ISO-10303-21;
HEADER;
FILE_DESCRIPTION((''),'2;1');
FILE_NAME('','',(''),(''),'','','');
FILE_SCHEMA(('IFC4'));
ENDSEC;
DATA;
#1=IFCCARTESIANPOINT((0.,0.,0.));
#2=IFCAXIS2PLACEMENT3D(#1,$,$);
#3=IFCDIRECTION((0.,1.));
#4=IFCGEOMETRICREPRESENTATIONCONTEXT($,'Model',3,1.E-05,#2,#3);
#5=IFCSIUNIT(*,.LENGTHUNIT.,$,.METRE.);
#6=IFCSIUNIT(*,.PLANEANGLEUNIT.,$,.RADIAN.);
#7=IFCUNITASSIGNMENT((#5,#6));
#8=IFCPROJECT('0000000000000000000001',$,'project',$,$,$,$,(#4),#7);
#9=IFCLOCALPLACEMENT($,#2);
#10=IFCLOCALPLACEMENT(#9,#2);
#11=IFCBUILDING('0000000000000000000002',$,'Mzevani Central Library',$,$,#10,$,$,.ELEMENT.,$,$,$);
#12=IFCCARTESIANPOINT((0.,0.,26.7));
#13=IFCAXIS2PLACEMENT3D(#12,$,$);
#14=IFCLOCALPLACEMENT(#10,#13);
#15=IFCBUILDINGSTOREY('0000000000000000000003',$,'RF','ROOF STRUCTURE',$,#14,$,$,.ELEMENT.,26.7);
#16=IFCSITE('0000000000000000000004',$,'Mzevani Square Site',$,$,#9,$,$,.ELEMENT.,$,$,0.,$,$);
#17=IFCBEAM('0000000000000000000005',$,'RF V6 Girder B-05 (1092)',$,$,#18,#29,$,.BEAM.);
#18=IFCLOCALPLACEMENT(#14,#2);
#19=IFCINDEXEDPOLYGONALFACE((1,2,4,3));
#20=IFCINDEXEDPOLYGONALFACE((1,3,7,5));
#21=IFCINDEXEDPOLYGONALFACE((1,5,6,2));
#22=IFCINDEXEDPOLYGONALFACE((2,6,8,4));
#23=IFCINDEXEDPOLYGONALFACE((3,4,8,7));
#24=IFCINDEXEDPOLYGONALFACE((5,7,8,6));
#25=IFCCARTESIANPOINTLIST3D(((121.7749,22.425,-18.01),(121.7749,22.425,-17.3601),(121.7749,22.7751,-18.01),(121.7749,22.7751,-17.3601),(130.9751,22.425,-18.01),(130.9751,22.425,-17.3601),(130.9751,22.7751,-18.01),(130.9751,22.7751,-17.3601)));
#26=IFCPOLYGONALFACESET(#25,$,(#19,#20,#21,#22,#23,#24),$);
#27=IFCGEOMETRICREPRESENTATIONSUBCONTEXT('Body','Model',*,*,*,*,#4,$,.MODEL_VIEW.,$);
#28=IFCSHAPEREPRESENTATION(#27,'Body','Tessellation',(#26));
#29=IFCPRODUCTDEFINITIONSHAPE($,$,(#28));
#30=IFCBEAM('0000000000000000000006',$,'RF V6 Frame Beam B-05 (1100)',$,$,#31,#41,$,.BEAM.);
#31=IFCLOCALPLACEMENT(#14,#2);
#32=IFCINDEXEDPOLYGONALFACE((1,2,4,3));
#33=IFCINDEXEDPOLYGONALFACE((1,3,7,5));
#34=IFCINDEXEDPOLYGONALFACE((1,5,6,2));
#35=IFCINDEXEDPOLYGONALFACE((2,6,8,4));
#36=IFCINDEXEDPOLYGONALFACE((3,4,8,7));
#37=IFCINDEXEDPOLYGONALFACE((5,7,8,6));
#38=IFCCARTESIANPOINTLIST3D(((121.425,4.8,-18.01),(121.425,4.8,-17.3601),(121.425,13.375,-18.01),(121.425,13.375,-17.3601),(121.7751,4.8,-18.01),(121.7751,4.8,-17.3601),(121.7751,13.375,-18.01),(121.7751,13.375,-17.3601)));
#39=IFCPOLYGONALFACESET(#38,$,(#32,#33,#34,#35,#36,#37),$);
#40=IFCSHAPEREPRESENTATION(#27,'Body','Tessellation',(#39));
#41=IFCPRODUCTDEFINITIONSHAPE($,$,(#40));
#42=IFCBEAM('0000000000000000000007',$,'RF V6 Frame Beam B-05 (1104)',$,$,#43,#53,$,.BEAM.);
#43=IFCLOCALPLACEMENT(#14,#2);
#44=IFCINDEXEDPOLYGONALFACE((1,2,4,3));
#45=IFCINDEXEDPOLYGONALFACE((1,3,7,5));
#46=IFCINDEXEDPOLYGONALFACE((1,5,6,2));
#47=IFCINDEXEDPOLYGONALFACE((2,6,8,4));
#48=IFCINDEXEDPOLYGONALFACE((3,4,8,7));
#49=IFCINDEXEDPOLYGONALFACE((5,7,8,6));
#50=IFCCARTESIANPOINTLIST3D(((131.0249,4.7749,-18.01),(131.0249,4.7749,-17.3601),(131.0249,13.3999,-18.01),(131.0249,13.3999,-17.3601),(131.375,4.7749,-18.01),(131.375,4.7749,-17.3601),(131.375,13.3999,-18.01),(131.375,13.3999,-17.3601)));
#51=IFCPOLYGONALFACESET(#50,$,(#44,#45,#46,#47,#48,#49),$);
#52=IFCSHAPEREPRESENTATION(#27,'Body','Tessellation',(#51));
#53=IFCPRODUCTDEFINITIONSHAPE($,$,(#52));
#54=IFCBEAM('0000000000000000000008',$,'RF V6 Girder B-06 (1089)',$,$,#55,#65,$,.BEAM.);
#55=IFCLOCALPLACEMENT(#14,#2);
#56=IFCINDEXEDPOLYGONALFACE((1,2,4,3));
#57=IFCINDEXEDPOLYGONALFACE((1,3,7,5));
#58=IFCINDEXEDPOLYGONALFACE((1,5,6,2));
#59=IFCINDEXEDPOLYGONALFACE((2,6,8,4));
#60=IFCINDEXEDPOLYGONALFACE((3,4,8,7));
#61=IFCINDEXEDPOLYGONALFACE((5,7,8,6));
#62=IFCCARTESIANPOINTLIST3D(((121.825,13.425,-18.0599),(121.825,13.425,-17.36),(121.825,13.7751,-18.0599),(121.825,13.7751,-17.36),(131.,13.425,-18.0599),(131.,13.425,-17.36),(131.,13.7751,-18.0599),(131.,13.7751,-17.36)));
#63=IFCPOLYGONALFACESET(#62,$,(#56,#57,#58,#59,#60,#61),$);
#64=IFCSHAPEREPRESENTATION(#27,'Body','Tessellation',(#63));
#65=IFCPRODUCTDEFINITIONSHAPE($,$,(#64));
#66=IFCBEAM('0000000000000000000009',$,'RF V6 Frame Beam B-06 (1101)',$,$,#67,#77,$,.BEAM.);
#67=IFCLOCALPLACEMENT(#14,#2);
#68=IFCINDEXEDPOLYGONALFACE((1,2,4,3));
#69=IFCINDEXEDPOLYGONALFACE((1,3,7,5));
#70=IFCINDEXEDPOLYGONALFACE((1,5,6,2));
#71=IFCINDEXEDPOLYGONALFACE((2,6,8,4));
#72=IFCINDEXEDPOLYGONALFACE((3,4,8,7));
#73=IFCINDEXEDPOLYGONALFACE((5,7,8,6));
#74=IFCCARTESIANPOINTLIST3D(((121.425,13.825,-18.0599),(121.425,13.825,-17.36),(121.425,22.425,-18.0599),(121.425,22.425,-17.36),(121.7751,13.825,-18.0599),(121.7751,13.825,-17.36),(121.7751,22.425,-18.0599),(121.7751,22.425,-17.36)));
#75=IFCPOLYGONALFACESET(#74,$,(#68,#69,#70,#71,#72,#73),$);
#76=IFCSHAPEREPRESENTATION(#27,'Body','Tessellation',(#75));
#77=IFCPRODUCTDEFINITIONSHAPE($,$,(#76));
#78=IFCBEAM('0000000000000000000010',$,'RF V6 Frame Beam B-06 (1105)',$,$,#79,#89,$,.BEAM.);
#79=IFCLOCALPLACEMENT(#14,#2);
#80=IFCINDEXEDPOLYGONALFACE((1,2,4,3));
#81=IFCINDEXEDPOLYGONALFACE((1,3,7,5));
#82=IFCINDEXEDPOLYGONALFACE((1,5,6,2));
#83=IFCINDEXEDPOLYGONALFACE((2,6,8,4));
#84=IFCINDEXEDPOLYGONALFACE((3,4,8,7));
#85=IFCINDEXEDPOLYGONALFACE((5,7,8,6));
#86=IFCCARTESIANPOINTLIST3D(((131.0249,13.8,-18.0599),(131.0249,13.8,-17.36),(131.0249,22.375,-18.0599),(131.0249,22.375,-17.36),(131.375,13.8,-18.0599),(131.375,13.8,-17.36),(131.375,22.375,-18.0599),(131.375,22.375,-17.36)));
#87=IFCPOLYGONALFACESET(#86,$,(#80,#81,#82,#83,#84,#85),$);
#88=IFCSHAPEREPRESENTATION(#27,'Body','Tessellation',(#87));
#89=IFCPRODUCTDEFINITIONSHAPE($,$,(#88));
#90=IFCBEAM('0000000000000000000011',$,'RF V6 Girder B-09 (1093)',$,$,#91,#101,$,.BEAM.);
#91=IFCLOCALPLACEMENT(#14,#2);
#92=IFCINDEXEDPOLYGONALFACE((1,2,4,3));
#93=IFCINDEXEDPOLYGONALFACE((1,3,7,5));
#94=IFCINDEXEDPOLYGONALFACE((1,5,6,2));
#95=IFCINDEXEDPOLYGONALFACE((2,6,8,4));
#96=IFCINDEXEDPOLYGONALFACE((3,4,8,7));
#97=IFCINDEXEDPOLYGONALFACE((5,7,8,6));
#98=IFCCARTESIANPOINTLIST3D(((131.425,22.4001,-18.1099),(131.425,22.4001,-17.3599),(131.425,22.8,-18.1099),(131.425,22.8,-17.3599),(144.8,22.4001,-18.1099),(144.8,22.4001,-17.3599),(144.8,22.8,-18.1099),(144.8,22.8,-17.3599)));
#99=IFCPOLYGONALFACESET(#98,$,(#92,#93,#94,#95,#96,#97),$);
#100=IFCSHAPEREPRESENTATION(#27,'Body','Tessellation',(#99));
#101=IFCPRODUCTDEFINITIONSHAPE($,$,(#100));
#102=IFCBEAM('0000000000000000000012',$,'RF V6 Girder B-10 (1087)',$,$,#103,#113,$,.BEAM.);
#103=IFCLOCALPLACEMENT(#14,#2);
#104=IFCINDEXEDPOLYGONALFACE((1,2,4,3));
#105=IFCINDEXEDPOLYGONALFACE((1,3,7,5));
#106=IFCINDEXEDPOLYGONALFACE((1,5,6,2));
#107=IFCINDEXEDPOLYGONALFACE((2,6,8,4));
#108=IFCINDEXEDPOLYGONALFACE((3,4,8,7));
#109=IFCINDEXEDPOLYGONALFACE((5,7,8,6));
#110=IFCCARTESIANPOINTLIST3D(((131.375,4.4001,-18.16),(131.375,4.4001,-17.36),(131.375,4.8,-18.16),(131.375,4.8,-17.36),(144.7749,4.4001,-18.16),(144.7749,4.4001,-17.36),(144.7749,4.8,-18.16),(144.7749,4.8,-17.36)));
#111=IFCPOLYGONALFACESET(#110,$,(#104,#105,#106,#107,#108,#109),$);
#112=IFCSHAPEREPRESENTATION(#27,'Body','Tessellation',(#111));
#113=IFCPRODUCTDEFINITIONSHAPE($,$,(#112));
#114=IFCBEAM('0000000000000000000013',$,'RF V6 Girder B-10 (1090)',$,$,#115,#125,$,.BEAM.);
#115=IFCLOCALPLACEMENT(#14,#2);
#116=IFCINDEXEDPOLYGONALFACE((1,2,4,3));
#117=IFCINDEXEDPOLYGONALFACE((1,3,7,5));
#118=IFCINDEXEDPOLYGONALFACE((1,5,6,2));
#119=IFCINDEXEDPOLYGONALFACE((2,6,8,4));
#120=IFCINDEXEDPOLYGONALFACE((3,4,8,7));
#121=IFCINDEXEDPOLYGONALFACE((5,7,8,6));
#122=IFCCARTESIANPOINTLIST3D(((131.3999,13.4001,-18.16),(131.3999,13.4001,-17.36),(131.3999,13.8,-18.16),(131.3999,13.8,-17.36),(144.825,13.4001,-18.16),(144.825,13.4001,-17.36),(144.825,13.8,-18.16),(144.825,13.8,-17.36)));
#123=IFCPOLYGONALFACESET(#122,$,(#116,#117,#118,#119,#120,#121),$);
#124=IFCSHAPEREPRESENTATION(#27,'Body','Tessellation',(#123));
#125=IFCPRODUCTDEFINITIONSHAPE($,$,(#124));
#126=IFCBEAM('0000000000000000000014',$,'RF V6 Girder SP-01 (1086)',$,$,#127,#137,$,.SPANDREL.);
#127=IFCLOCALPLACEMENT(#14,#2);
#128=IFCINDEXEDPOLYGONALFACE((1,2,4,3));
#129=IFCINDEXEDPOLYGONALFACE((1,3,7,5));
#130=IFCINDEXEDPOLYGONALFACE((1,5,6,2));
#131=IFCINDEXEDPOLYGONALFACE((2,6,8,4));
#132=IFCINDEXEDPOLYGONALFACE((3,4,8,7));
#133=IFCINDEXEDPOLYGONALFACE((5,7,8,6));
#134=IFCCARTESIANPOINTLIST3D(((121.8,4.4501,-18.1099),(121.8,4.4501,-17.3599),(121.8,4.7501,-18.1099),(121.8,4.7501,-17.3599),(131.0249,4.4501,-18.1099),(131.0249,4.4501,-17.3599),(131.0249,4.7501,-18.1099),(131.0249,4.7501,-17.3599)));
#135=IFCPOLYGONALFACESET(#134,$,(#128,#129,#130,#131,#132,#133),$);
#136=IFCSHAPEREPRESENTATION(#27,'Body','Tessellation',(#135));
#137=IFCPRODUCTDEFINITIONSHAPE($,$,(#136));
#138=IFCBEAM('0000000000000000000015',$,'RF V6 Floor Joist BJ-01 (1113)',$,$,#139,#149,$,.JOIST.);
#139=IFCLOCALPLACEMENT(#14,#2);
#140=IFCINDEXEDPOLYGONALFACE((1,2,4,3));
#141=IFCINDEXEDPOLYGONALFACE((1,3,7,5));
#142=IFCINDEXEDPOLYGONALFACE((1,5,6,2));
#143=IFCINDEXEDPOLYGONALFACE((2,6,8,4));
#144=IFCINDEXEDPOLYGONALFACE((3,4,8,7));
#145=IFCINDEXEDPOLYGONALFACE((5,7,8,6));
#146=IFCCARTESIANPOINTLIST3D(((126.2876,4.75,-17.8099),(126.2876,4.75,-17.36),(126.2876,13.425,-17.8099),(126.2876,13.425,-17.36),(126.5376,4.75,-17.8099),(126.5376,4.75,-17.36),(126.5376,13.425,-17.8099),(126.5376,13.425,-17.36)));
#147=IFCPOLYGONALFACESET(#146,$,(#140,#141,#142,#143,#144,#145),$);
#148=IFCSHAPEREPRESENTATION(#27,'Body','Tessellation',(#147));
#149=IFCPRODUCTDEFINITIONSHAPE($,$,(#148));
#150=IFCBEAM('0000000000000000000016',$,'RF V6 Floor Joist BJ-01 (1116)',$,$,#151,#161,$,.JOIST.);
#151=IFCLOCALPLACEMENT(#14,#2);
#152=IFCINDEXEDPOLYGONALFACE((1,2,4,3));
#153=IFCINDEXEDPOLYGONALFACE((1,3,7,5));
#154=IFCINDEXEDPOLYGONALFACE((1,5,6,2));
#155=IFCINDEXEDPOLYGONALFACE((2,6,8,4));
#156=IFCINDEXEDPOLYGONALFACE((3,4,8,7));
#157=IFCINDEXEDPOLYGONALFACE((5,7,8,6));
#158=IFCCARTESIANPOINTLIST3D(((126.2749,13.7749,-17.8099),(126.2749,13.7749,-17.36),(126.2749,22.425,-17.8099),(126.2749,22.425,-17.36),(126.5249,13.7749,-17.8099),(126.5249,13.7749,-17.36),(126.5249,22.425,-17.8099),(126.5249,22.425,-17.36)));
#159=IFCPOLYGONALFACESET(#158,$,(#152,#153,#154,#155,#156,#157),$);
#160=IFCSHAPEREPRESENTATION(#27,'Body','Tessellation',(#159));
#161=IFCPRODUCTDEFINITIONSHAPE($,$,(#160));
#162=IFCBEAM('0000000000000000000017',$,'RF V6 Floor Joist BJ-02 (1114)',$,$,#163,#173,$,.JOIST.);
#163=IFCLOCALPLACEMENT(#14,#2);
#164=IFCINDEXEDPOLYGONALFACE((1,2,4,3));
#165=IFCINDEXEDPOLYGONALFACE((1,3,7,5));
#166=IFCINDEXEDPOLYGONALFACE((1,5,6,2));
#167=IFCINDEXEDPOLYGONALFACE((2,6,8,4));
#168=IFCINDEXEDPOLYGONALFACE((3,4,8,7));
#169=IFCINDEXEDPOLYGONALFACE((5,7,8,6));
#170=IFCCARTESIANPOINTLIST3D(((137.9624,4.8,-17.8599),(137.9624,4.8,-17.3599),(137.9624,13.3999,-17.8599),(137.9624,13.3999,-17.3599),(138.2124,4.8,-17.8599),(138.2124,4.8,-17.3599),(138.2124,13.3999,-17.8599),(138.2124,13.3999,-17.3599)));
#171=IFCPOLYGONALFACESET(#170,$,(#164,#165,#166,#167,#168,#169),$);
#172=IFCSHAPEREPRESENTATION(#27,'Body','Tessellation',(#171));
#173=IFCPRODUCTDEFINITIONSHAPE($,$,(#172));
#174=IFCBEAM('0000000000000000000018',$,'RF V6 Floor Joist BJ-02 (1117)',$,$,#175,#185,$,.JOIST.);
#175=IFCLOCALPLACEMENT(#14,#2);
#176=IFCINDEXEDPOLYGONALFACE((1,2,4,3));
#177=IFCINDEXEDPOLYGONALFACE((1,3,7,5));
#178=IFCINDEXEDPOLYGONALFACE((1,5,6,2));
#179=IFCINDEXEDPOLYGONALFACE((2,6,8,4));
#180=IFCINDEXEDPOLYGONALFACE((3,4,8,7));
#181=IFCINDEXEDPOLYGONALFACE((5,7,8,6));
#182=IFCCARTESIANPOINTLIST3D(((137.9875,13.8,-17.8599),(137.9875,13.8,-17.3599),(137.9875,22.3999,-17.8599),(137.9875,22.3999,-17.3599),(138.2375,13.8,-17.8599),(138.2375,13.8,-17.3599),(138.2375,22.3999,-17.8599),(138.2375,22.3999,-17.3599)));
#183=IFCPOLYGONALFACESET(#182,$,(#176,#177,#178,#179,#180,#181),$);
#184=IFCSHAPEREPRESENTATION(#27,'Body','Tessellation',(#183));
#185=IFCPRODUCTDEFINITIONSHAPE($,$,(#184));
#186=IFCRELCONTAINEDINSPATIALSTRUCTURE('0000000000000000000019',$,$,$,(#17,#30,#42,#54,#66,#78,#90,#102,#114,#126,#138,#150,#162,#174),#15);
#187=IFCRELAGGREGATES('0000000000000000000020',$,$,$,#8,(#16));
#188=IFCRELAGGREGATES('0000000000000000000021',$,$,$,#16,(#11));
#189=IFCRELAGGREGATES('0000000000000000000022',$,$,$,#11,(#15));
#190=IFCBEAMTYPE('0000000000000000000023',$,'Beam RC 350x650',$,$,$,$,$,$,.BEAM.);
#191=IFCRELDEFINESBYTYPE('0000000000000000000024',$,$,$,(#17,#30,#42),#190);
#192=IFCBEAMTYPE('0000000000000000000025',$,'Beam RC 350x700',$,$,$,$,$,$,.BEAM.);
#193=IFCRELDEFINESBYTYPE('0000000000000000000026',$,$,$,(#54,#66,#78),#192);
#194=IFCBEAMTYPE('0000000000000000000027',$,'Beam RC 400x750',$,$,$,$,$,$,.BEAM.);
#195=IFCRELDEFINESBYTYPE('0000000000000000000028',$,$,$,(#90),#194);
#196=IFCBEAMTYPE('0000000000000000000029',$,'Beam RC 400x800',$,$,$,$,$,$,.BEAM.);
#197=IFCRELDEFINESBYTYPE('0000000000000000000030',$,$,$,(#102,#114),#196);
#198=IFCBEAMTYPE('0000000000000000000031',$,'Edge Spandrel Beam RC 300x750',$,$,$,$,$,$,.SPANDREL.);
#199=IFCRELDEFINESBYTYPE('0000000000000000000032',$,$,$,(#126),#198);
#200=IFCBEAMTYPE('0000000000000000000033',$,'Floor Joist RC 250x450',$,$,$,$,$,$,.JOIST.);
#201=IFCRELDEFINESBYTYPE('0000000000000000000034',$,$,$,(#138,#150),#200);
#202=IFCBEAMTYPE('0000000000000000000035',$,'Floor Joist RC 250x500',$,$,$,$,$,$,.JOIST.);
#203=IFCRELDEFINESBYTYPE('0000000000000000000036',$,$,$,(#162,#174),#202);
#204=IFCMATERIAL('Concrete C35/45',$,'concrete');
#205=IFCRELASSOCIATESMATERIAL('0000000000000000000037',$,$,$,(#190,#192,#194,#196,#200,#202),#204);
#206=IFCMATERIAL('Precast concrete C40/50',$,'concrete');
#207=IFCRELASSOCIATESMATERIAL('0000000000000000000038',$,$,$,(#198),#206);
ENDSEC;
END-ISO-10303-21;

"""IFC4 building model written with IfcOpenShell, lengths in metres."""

from ifc_helpers import new_model, si_unit, direction, frame, origin, origin_2d, place, context, subcontext, project, spatial, rectangle, extrude, material, material_profile, profile_set, type_object, element, save


model = new_model("IFC4")

# Units and contexts
model_context = context("Model", 3, precision=1e-05, world=origin(), true_north=direction((0.0, 1.0)))
body_context = subcontext(model_context, "Body", "Model", "MODEL_VIEW")
ifc_project = project(units=[si_unit("LENGTHUNIT", "METRE"), si_unit("PLANEANGLEUNIT", "RADIAN")], contexts=[model_context])

# Site, building, storey
site_placement = place(None, origin())
site = spatial("IfcSite", under=ifc_project, at=site_placement, Name="Mzevani Square Site", CompositionType="ELEMENT", RefElevation=0.0)
building_placement = place(site_placement, origin())
building = spatial("IfcBuilding", under=site, at=building_placement, Name="Mzevani Central Library", CompositionType="ELEMENT")
storey_placement = place(building_placement, frame((0.0, 0.0, 26.7)))
storey = spatial("IfcBuildingStorey", under=building, at=storey_placement, Name="RF", Description="ROOF STRUCTURE", CompositionType="ELEMENT", Elevation=26.7)

# Beams
ifc_material_1 = material(Name="Concrete C35/45", Category="concrete")
ifc_material_profile_1 = material_profile(ifc_material_1, rectangle(XDim=0.3501, YDim=0.6499, at=origin_2d()), Name="RC B350x650")
ifc_profile_set_1 = profile_set([ifc_material_profile_1], Name="Concrete C35/45")
beam_type_1 = type_object("IfcBeamType", Name="Beam RC 350x650", PredefinedType="BEAM", material=ifc_profile_set_1)
beam_1_placement = place(storey_placement, frame((121.7749, 22.6001, -17.6851), z_axis=(1.0, 0.0, 0.0), x_axis=(0.0, 1.0, 0.0)))
element("IfcBeam", 1, at=beam_1_placement, inside=storey, type_object=beam_type_1, Name="RF V6 Girder B-05 (1092)", PredefinedType="BEAM", context=body_context, shape_type="SweptSolid", body=[
    extrude(rectangle(XDim=0.3501, YDim=0.6499, at=origin_2d()), origin(), (0.0, 0.0, 1.0), 9.2002),
])
beam_2_placement = place(storey_placement, frame((121.6001, 4.8, -17.6851), z_axis=(0.0, 1.0, 0.0), x_axis=(-1.0, 0.0, 0.0)))
element("IfcBeam", 2, at=beam_2_placement, inside=storey, type_object=beam_type_1, Name="RF V6 Frame Beam B-05 (1100)", PredefinedType="BEAM", context=body_context, shape_type="SweptSolid", body=[
    extrude(rectangle(XDim=0.3501, YDim=0.6499, at=origin_2d()), origin(), (0.0, 0.0, 1.0), 8.575),
])
beam_3_placement = place(storey_placement, frame((131.2, 4.7749, -17.6851), z_axis=(0.0, 1.0, 0.0), x_axis=(-1.0, 0.0, 0.0)))
element("IfcBeam", 3, at=beam_3_placement, inside=storey, type_object=beam_type_1, Name="RF V6 Frame Beam B-05 (1104)", PredefinedType="BEAM", context=body_context, shape_type="SweptSolid", body=[
    extrude(rectangle(XDim=0.3501, YDim=0.6499, at=origin_2d()), origin(), (0.0, 0.0, 1.0), 8.625),
])
ifc_material_profile_2 = material_profile(ifc_material_1, rectangle(XDim=0.3501, YDim=0.7, at=origin_2d()), Name="RC B350x700")
ifc_profile_set_2 = profile_set([ifc_material_profile_2], Name="Concrete C35/45")
beam_type_2 = type_object("IfcBeamType", Name="Beam RC 350x700", PredefinedType="BEAM", material=ifc_profile_set_2)
beam_4_placement = place(storey_placement, frame((121.825, 13.6001, -17.71), z_axis=(1.0, 0.0, 0.0), x_axis=(0.0, 1.0, 0.0)))
element("IfcBeam", 4, at=beam_4_placement, inside=storey, type_object=beam_type_2, Name="RF V6 Girder B-06 (1089)", PredefinedType="BEAM", context=body_context, shape_type="SweptSolid", body=[
    extrude(rectangle(XDim=0.3501, YDim=0.7, at=origin_2d()), origin(), (0.0, 0.0, 1.0), 9.175),
])
beam_5_placement = place(storey_placement, frame((121.6001, 13.825, -17.71), z_axis=(0.0, 1.0, 0.0), x_axis=(-1.0, 0.0, 0.0)))
element("IfcBeam", 5, at=beam_5_placement, inside=storey, type_object=beam_type_2, Name="RF V6 Frame Beam B-06 (1101)", PredefinedType="BEAM", context=body_context, shape_type="SweptSolid", body=[
    extrude(rectangle(XDim=0.3501, YDim=0.7, at=origin_2d()), origin(), (0.0, 0.0, 1.0), 8.6001),
])
beam_6_placement = place(storey_placement, frame((131.2, 13.8, -17.71), z_axis=(0.0, 1.0, 0.0), x_axis=(-1.0, 0.0, 0.0)))
element("IfcBeam", 6, at=beam_6_placement, inside=storey, type_object=beam_type_2, Name="RF V6 Frame Beam B-06 (1105)", PredefinedType="BEAM", context=body_context, shape_type="SweptSolid", body=[
    extrude(rectangle(XDim=0.3501, YDim=0.7, at=origin_2d()), origin(), (0.0, 0.0, 1.0), 8.575),
])
ifc_material_profile_3 = material_profile(ifc_material_1, rectangle(XDim=0.3999, YDim=0.75, at=origin_2d()), Name="RC B400x750")
ifc_profile_set_3 = profile_set([ifc_material_profile_3], Name="Concrete C35/45")
beam_type_3 = type_object("IfcBeamType", Name="Beam RC 400x750", PredefinedType="BEAM", material=ifc_profile_set_3)
beam_7_placement = place(storey_placement, frame((131.425, 22.6001, -17.7349), z_axis=(1.0, 0.0, 0.0), x_axis=(0.0, 1.0, 0.0)))
element("IfcBeam", 7, at=beam_7_placement, inside=storey, type_object=beam_type_3, Name="RF V6 Girder B-09 (1093)", PredefinedType="BEAM", context=body_context, shape_type="SweptSolid", body=[
    extrude(rectangle(XDim=0.3999, YDim=0.75, at=origin_2d()), origin(), (0.0, 0.0, 1.0), 13.375),
])
ifc_material_profile_4 = material_profile(ifc_material_1, rectangle(XDim=0.3999, YDim=0.8, at=origin_2d()), Name="RC B400x800")
ifc_profile_set_4 = profile_set([ifc_material_profile_4], Name="Concrete C35/45")
beam_type_4 = type_object("IfcBeamType", Name="Beam RC 400x800", PredefinedType="BEAM", material=ifc_profile_set_4)
beam_8_placement = place(storey_placement, frame((131.375, 4.6001, -17.76), z_axis=(1.0, 0.0, 0.0), x_axis=(0.0, 1.0, 0.0)))
element("IfcBeam", 8, at=beam_8_placement, inside=storey, type_object=beam_type_4, Name="RF V6 Girder B-10 (1087)", PredefinedType="BEAM", context=body_context, shape_type="SweptSolid", body=[
    extrude(rectangle(XDim=0.3999, YDim=0.8, at=origin_2d()), origin(), (0.0, 0.0, 1.0), 13.3999),
])
beam_9_placement = place(storey_placement, frame((131.3999, 13.6001, -17.76), z_axis=(1.0, 0.0, 0.0), x_axis=(0.0, 1.0, 0.0)))
element("IfcBeam", 9, at=beam_9_placement, inside=storey, type_object=beam_type_4, Name="RF V6 Girder B-10 (1090)", PredefinedType="BEAM", context=body_context, shape_type="SweptSolid", body=[
    extrude(rectangle(XDim=0.3999, YDim=0.8, at=origin_2d()), origin(), (0.0, 0.0, 1.0), 13.425),
])
ifc_material_2 = material(Name="Precast concrete C40/50", Category="concrete")
ifc_material_profile_5 = material_profile(ifc_material_2, rectangle(XDim=0.3, YDim=0.75, at=origin_2d()), Name="RC SP300x750")
ifc_profile_set_5 = profile_set([ifc_material_profile_5], Name="Precast concrete C40/50")
beam_type_5 = type_object("IfcBeamType", Name="Edge Spandrel Beam RC 300x750", PredefinedType="SPANDREL", material=ifc_profile_set_5)
beam_10_placement = place(storey_placement, frame((121.8, 4.6001, -17.7349), z_axis=(1.0, 0.0, 0.0), x_axis=(0.0, 1.0, 0.0)))
element("IfcBeam", 10, at=beam_10_placement, inside=storey, type_object=beam_type_5, Name="RF V6 Girder SP-01 (1086)", PredefinedType="SPANDREL", context=body_context, shape_type="SweptSolid", body=[
    extrude(rectangle(XDim=0.3, YDim=0.75, at=origin_2d()), origin(), (0.0, 0.0, 1.0), 9.2249),
])
ifc_material_profile_6 = material_profile(ifc_material_1, rectangle(XDim=0.25, YDim=0.45, at=origin_2d()), Name="RC J250x450")
ifc_profile_set_6 = profile_set([ifc_material_profile_6], Name="Concrete C35/45")
beam_type_6 = type_object("IfcBeamType", Name="Floor Joist RC 250x450", PredefinedType="JOIST", material=ifc_profile_set_6)
beam_11_placement = place(storey_placement, frame((126.4126, 4.75, -17.585), z_axis=(0.0, 1.0, 0.0), x_axis=(-1.0, 0.0, 0.0)))
element("IfcBeam", 11, at=beam_11_placement, inside=storey, type_object=beam_type_6, Name="RF V6 Floor Joist BJ-01 (1113)", PredefinedType="JOIST", context=body_context, shape_type="SweptSolid", body=[
    extrude(rectangle(XDim=0.25, YDim=0.45, at=origin_2d()), origin(), (0.0, 0.0, 1.0), 8.675),
])
beam_12_placement = place(storey_placement, frame((126.3999, 13.7749, -17.585), z_axis=(0.0, 1.0, 0.0), x_axis=(-1.0, 0.0, 0.0)))
element("IfcBeam", 12, at=beam_12_placement, inside=storey, type_object=beam_type_6, Name="RF V6 Floor Joist BJ-01 (1116)", PredefinedType="JOIST", context=body_context, shape_type="SweptSolid", body=[
    extrude(rectangle(XDim=0.25, YDim=0.45, at=origin_2d()), origin(), (0.0, 0.0, 1.0), 8.6501),
])
ifc_material_profile_7 = material_profile(ifc_material_1, rectangle(XDim=0.25, YDim=0.5, at=origin_2d()), Name="RC J250x500")
ifc_profile_set_7 = profile_set([ifc_material_profile_7], Name="Concrete C35/45")
beam_type_7 = type_object("IfcBeamType", Name="Floor Joist RC 250x500", PredefinedType="JOIST", material=ifc_profile_set_7)
for number, where, z_axis, x_axis, name in (
    (13, (138.0874, 4.8, -17.6099), (0.0, 1.0, 0.0), (-1.0, 0.0, 0.0), "RF V6 Floor Joist BJ-02 (1114)"),
    (14, (138.1125, 13.8, -17.6099), (0.0, 1.0, 0.0), (-1.0, 0.0, 0.0), "RF V6 Floor Joist BJ-02 (1117)"),
):
    element("IfcBeam", number, at=place(storey_placement, frame(where, z_axis=z_axis, x_axis=x_axis)), inside=storey, type_object=beam_type_7, Name=name, PredefinedType="JOIST", context=body_context, shape_type="SweptSolid", body=[
        extrude(rectangle(XDim=0.25, YDim=0.5, at=origin_2d()), origin(), (0.0, 0.0, 1.0), 8.5999),
    ])

save(model, "model.ifc")
